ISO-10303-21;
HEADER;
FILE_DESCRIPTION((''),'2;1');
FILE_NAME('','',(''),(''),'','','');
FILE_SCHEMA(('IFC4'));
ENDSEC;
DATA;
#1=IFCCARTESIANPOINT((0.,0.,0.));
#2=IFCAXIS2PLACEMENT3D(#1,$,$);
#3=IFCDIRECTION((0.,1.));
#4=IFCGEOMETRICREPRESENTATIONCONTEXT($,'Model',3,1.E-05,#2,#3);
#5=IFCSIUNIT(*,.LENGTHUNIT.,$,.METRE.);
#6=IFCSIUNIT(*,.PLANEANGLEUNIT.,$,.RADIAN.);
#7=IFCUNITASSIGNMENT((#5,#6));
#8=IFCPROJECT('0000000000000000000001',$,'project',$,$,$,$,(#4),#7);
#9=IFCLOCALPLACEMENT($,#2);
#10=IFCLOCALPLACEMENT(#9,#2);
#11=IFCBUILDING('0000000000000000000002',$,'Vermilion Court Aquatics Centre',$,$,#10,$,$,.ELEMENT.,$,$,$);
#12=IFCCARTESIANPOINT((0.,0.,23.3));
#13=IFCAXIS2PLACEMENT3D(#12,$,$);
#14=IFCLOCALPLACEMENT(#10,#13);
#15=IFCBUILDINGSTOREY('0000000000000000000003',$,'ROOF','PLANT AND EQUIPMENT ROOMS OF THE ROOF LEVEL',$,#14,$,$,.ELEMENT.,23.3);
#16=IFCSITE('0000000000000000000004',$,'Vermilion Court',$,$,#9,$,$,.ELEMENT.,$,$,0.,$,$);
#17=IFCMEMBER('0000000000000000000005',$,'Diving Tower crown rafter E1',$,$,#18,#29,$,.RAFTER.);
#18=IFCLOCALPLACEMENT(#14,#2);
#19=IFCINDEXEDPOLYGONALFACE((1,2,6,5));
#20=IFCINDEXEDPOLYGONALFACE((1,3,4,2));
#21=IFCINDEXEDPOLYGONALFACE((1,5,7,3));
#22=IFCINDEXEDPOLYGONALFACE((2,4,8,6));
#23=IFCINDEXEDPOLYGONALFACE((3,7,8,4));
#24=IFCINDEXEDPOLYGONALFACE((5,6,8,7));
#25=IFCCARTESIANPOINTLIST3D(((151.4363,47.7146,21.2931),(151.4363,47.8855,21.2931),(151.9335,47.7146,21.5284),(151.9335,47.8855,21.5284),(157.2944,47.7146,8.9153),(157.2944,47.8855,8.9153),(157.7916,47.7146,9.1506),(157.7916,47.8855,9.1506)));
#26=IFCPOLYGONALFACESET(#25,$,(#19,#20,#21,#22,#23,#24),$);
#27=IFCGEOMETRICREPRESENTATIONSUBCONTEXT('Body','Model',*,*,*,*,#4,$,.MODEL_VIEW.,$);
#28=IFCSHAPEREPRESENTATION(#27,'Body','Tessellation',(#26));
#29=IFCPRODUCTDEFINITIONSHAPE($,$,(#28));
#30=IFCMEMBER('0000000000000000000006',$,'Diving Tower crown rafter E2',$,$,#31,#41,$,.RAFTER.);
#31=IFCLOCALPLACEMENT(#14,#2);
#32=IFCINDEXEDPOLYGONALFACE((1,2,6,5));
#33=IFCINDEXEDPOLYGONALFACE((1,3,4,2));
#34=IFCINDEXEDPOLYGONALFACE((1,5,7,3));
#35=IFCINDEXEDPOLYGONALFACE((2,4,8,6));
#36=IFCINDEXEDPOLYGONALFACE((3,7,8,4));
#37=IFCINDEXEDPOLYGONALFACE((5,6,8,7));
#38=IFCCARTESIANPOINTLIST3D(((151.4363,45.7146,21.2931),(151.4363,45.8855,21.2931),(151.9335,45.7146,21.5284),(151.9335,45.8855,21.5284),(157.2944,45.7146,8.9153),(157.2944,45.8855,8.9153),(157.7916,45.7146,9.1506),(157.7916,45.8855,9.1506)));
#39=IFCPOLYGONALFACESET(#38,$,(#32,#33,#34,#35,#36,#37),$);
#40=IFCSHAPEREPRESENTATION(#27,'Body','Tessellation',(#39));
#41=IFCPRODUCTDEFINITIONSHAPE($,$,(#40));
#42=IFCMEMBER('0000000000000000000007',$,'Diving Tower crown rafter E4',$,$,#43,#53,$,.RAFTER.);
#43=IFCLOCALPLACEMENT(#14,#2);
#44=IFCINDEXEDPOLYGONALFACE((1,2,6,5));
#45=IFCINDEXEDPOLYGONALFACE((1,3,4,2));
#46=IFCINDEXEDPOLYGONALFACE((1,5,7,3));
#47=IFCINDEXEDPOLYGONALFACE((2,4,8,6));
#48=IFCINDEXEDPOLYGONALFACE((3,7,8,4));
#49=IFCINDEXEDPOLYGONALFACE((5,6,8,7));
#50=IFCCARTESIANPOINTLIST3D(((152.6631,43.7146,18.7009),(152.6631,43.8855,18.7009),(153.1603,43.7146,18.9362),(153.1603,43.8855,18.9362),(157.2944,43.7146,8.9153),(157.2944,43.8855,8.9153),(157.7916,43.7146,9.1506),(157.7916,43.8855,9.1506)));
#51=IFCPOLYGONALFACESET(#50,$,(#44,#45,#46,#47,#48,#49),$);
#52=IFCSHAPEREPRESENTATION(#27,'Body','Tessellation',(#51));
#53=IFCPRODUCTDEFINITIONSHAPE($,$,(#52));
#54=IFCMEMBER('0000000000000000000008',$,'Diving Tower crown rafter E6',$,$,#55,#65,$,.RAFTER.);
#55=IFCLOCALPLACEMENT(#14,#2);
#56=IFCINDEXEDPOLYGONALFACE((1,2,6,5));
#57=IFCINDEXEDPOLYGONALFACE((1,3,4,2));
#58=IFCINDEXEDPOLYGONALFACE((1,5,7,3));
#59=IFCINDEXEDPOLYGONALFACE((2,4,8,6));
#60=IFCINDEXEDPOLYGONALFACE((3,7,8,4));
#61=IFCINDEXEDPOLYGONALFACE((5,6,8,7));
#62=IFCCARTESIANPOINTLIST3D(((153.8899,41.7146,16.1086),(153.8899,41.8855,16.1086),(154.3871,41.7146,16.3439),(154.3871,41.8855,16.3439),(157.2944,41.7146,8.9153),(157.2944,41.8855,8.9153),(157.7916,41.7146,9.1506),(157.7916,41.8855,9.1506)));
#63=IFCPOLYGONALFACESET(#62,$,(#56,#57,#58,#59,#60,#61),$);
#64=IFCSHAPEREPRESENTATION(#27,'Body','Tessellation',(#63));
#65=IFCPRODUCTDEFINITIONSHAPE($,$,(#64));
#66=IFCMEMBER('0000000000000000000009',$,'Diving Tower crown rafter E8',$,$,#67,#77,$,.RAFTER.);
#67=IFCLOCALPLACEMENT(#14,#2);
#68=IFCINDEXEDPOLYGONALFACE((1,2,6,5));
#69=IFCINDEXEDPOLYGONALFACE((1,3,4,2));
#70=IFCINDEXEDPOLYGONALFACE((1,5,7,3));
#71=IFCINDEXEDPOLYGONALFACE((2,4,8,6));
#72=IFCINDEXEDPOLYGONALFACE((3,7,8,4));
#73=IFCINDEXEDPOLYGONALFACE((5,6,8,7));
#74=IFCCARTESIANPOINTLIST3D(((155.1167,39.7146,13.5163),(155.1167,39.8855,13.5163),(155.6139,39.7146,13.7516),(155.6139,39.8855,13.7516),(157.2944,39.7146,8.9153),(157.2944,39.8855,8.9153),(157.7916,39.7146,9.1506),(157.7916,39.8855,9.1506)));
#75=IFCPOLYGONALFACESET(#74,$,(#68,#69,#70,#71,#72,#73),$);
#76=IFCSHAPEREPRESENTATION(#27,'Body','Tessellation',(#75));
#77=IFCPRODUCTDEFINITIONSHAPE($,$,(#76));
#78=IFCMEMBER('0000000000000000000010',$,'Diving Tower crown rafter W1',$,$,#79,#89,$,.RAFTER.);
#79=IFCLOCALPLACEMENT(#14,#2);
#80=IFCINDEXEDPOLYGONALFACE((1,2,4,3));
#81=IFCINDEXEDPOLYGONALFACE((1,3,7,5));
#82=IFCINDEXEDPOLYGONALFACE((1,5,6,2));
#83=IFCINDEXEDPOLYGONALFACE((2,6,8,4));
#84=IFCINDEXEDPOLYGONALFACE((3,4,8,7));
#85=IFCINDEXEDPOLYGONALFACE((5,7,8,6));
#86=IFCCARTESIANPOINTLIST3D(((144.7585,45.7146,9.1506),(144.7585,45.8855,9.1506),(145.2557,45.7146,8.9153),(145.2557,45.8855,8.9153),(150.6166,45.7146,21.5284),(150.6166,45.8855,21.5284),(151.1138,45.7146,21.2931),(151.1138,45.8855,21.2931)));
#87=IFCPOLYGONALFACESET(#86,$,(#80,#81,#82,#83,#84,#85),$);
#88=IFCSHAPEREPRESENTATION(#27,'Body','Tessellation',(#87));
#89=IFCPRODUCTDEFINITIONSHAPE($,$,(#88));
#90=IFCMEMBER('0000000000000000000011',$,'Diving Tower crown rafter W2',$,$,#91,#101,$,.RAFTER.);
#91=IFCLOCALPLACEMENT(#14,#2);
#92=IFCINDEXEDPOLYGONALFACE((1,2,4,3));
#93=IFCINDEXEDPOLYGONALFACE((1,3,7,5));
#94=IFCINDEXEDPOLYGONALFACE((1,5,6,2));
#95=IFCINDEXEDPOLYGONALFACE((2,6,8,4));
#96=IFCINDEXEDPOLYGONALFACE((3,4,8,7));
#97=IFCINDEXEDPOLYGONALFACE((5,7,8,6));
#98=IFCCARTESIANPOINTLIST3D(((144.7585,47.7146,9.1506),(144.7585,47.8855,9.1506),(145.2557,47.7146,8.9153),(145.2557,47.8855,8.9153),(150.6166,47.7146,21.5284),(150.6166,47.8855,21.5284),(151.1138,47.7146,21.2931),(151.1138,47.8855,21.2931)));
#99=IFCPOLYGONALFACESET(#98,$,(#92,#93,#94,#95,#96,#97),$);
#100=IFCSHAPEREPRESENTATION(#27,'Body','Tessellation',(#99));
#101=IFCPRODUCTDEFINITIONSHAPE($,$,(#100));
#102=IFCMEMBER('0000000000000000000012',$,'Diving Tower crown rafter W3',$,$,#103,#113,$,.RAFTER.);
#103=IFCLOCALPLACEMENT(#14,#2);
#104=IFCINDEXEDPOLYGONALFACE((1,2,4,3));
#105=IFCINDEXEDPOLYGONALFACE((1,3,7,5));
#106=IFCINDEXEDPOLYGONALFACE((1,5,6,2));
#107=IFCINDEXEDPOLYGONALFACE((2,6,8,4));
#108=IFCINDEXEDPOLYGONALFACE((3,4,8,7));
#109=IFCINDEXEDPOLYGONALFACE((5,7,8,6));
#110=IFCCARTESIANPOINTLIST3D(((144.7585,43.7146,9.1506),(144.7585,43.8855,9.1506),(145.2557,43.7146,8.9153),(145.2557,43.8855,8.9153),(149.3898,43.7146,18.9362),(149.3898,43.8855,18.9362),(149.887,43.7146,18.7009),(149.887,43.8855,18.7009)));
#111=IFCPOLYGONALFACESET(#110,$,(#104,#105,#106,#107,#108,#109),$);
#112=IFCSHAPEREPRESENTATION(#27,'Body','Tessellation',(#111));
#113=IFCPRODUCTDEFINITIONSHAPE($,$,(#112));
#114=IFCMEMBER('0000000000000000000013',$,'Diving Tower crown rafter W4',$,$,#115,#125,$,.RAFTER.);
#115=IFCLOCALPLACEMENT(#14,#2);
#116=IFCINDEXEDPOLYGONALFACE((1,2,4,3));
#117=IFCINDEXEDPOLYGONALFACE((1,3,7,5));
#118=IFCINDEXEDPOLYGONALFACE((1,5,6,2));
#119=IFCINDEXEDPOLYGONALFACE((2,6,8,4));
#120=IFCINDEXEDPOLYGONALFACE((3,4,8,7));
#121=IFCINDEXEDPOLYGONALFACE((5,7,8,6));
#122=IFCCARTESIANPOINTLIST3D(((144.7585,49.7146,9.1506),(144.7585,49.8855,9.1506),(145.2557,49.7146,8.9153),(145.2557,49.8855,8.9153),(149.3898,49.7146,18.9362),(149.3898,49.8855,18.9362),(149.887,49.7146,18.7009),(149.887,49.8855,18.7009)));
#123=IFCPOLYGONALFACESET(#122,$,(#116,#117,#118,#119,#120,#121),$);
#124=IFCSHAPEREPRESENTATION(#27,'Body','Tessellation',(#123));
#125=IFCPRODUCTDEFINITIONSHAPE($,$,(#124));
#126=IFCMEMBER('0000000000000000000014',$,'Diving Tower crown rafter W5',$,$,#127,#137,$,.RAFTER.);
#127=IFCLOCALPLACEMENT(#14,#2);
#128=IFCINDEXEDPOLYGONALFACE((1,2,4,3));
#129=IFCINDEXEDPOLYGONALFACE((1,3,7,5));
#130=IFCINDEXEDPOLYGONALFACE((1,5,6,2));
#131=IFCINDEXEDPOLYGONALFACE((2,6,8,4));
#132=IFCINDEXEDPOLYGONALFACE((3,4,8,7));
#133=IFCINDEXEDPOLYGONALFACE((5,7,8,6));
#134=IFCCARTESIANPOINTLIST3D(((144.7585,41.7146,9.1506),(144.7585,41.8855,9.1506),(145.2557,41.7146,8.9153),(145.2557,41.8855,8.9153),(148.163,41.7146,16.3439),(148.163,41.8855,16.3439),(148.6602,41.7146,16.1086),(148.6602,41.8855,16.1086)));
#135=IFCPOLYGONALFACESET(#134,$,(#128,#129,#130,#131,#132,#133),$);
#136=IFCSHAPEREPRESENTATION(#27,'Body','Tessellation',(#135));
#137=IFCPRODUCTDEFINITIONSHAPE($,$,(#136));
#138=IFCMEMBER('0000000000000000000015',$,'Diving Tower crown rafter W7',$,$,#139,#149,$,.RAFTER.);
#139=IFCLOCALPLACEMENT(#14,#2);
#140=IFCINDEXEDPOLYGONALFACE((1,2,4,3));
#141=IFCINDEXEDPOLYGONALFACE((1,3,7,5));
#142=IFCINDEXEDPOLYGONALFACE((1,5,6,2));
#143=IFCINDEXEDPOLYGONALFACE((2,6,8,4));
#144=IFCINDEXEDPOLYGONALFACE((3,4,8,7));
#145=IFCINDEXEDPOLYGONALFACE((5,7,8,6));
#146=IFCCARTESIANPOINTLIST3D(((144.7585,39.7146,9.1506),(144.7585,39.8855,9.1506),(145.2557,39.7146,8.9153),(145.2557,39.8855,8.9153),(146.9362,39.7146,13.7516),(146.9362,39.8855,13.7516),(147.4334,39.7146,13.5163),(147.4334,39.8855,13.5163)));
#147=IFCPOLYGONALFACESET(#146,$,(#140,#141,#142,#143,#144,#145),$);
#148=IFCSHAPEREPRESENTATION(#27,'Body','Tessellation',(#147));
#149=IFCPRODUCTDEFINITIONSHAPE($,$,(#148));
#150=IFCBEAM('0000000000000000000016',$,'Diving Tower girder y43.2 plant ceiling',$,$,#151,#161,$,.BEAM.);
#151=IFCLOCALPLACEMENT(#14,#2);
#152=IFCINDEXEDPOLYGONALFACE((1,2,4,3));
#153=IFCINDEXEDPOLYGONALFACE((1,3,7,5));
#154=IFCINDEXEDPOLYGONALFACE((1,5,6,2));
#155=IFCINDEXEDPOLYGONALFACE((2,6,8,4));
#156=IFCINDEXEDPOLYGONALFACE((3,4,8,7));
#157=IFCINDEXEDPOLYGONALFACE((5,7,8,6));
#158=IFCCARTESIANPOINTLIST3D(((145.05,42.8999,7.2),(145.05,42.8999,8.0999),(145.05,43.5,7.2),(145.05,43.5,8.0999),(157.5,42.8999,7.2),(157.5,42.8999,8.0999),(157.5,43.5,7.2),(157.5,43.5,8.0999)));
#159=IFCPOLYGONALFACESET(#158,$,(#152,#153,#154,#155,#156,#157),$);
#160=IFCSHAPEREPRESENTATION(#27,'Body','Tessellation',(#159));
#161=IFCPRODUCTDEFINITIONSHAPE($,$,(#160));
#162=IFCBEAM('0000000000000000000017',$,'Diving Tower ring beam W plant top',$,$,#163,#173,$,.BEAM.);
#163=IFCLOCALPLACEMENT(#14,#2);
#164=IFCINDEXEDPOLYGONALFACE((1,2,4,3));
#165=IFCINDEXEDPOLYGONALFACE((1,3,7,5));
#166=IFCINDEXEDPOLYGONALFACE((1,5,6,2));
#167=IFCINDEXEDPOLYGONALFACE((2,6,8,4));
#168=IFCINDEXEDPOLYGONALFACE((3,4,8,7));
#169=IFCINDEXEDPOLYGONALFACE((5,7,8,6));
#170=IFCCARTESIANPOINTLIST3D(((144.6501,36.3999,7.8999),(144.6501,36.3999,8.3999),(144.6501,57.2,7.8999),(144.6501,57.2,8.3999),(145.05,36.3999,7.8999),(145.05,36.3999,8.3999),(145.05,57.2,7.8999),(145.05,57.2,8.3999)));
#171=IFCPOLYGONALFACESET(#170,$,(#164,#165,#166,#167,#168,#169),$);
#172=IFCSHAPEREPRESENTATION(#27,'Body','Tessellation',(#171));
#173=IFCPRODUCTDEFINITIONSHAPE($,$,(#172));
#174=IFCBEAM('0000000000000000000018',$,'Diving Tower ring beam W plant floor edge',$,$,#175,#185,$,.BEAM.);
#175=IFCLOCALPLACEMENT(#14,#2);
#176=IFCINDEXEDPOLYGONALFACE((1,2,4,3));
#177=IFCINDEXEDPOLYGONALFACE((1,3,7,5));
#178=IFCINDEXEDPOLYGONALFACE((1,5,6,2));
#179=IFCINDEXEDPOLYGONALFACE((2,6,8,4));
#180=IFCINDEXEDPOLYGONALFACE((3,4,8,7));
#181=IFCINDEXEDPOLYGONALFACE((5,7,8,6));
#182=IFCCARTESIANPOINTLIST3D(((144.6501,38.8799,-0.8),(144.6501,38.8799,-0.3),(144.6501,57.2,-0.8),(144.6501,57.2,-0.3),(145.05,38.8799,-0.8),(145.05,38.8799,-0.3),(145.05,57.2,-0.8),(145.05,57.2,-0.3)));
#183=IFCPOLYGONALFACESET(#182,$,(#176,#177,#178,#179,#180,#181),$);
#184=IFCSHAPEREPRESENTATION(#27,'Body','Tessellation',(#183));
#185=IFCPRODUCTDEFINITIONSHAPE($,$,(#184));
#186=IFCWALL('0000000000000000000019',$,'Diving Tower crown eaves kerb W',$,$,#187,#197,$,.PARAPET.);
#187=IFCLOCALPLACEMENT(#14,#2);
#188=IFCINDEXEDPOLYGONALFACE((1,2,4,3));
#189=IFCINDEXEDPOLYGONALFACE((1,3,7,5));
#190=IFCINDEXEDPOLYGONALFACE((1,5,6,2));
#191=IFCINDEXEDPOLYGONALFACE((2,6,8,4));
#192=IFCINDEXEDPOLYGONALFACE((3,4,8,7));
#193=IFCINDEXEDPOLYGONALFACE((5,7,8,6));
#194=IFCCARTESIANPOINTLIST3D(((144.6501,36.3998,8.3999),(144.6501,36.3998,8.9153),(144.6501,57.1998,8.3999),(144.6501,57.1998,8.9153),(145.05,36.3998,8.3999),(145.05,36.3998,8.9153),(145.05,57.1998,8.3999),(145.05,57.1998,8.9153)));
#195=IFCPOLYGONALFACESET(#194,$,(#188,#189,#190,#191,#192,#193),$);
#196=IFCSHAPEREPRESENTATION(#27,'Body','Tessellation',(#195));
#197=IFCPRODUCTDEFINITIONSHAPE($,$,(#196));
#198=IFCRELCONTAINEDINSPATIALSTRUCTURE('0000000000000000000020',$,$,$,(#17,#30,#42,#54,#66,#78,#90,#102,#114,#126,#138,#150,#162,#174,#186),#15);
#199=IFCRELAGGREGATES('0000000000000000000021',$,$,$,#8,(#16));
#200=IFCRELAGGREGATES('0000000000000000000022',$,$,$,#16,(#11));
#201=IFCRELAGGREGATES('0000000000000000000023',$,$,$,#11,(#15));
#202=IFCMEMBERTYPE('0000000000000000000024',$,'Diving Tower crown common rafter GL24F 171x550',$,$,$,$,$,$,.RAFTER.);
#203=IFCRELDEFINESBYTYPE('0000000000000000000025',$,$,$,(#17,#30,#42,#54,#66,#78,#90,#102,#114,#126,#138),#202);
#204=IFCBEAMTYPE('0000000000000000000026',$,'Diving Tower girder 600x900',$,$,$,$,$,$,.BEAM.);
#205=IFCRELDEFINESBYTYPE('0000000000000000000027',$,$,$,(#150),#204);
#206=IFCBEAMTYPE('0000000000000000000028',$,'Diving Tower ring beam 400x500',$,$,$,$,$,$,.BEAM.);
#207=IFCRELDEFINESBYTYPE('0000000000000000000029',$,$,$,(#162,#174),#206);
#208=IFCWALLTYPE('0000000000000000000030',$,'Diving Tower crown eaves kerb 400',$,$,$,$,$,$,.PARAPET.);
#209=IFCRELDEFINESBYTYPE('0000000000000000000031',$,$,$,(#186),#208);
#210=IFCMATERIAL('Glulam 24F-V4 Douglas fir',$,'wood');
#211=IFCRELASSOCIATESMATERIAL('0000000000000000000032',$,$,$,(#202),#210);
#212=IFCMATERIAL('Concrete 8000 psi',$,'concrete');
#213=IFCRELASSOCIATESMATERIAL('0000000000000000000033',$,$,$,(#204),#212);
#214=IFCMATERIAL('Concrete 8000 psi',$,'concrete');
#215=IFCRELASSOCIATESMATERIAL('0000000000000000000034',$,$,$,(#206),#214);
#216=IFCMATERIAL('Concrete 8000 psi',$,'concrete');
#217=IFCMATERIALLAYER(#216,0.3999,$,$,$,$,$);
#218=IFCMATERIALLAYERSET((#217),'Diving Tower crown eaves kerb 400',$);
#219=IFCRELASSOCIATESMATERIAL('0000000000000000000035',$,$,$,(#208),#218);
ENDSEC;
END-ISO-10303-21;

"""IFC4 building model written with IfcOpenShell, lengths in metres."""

from ifc_helpers import new_model, si_unit, direction, frame, frame_2d, origin, origin_2d, place, context, subcontext, project, spatial, rectangle, extrude, material, layer, layer_set, material_profile, profile_set, type_object, element, save


model = new_model("IFC4")

# Units and contexts
model_context = context("Model", 3, precision=1e-05, world=origin(), true_north=direction((0.0, 1.0)))
body_context = subcontext(model_context, "Body", "Model", "MODEL_VIEW")
ifc_project = project(units=[si_unit("LENGTHUNIT", "METRE"), si_unit("PLANEANGLEUNIT", "RADIAN")], contexts=[model_context])

# Site, building, storey
site_placement = place(None, origin())
site = spatial("IfcSite", under=ifc_project, at=site_placement, Name="Vermilion Court", CompositionType="ELEMENT", RefElevation=0.0)
building_placement = place(site_placement, origin())
building = spatial("IfcBuilding", under=site, at=building_placement, Name="Vermilion Court Aquatics Centre", CompositionType="ELEMENT")
storey_placement = place(building_placement, frame((0.0, 0.0, 23.3)))
storey = spatial("IfcBuildingStorey", under=building, at=storey_placement, Name="ROOF", Description="PLANT AND EQUIPMENT ROOMS OF THE ROOF LEVEL", CompositionType="ELEMENT", Elevation=23.3)

# Members
ifc_material_1 = material(Name="Glulam 24F-V4 Douglas fir", Category="wood")
ifc_material_profile_1 = material_profile(ifc_material_1, rectangle(XDim=0.1709, YDim=0.55, at=origin_2d()), Name="GL24F 171x550")
ifc_profile_set_1 = profile_set([ifc_material_profile_1], Name="Glulam 24F-V4 Douglas fir")
member_type = type_object("IfcMemberType", Name="Diving Tower crown common rafter GL24F 171x550", PredefinedType="RAFTER", material=ifc_profile_set_1)
for number, where, z_axis, x_axis, name in (
    (1, (157.543, 47.8, 9.033), (-0.427784, 0.0, 0.903881), (0.0, -1.0, 0.0), "Diving Tower crown rafter E1"),
    (2, (157.543, 45.8, 9.033), (-0.427784, 0.0, 0.903881), (0.0, -1.0, 0.0), "Diving Tower crown rafter E2"),
):
    element("IfcMember", number, at=place(storey_placement, frame(where, z_axis=z_axis, x_axis=x_axis)), inside=storey, type_object=member_type, Name=name, PredefinedType="RAFTER", context=body_context, shape_type="SweptSolid", body=[
        extrude(rectangle(XDim=0.1709, YDim=0.55, at=origin_2d()), origin(), (0.0, 0.0, 1.0), 13.6941),
    ])
member_1_placement = place(storey_placement, frame((157.543, 43.8, 9.033), z_axis=(-0.427788, 0.0, 0.903879), x_axis=(0.0, -1.0, 0.0)))
element("IfcMember", 3, at=member_1_placement, inside=storey, type_object=member_type, Name="Diving Tower crown rafter E4", PredefinedType="RAFTER", context=body_context, shape_type="SweptSolid", body=[
    extrude(rectangle(XDim=0.1709, YDim=0.55, at=origin_2d()), origin(), (0.0, 0.0, 1.0), 10.8262),
])
member_2_placement = place(storey_placement, frame((157.543, 41.8, 9.033), z_axis=(-0.427795, 0.0, 0.903876), x_axis=(0.0, -1.0, 0.0)))
element("IfcMember", 4, at=member_2_placement, inside=storey, type_object=member_type, Name="Diving Tower crown rafter E6", PredefinedType="RAFTER", context=body_context, shape_type="SweptSolid", body=[
    extrude(rectangle(XDim=0.1709, YDim=0.55, at=origin_2d()), origin(), (0.0, 0.0, 1.0), 7.9583),
])
member_3_placement = place(storey_placement, frame((157.543, 39.8, 9.033), z_axis=(-0.42781, 0.0, 0.903869), x_axis=(0.0, -1.0, 0.0)))
element("IfcMember", 5, at=member_3_placement, inside=storey, type_object=member_type, Name="Diving Tower crown rafter E8", PredefinedType="RAFTER", context=body_context, shape_type="SweptSolid", body=[
    extrude(rectangle(XDim=0.1709, YDim=0.55, at=origin_2d()), origin(), (0.0, 0.0, 1.0), 5.0903),
])
for number, where, z_axis, x_axis, name in (
    (6, (145.0071, 45.8, 9.033), (0.427784, 0.0, 0.903881), (0.0, 1.0, 0.0), "Diving Tower crown rafter W1"),
    (7, (145.0071, 47.8, 9.033), (0.427784, 0.0, 0.903881), (0.0, 1.0, 0.0), "Diving Tower crown rafter W2"),
):
    element("IfcMember", number, at=place(storey_placement, frame(where, z_axis=z_axis, x_axis=x_axis)), inside=storey, type_object=member_type, Name=name, PredefinedType="RAFTER", context=body_context, shape_type="SweptSolid", body=[
        extrude(rectangle(XDim=0.1709, YDim=0.55, at=origin_2d()), origin(), (0.0, 0.0, 1.0), 13.6941),
    ])
for number, where, z_axis, x_axis, name in (
    (8, (145.0071, 43.8, 9.033), (0.427788, 0.0, 0.903879), (0.0, 1.0, 0.0), "Diving Tower crown rafter W3"),
    (9, (145.0071, 49.8, 9.033), (0.427788, 0.0, 0.903879), (0.0, 1.0, 0.0), "Diving Tower crown rafter W4"),
):
    element("IfcMember", number, at=place(storey_placement, frame(where, z_axis=z_axis, x_axis=x_axis)), inside=storey, type_object=member_type, Name=name, PredefinedType="RAFTER", context=body_context, shape_type="SweptSolid", body=[
        extrude(rectangle(XDim=0.1709, YDim=0.55, at=origin_2d()), origin(), (0.0, 0.0, 1.0), 10.8262),
    ])
member_4_placement = place(storey_placement, frame((145.0071, 41.8, 9.033), z_axis=(0.427795, 0.0, 0.903876), x_axis=(0.0, 1.0, 0.0)))
element("IfcMember", 10, at=member_4_placement, inside=storey, type_object=member_type, Name="Diving Tower crown rafter W5", PredefinedType="RAFTER", context=body_context, shape_type="SweptSolid", body=[
    extrude(rectangle(XDim=0.1709, YDim=0.55, at=origin_2d()), origin(), (0.0, 0.0, 1.0), 7.9583),
])
member_5_placement = place(storey_placement, frame((145.0071, 39.8, 9.033), z_axis=(0.42781, 0.0, 0.903869), x_axis=(0.0, 1.0, 0.0)))
element("IfcMember", 11, at=member_5_placement, inside=storey, type_object=member_type, Name="Diving Tower crown rafter W7", PredefinedType="RAFTER", context=body_context, shape_type="SweptSolid", body=[
    extrude(rectangle(XDim=0.1709, YDim=0.55, at=origin_2d()), origin(), (0.0, 0.0, 1.0), 5.0903),
])

# Beams
ifc_material_2 = material(Name="Concrete 8000 psi", Category="concrete")
ifc_material_profile_2 = material_profile(ifc_material_2, rectangle(XDim=0.6001, YDim=0.8999, at=origin_2d()), Name="RC 600x900")
ifc_profile_set_2 = profile_set([ifc_material_profile_2], Name="Concrete 8000 psi")
beam_type_1 = type_object("IfcBeamType", Name="Diving Tower girder 600x900", PredefinedType="BEAM", material=ifc_profile_set_2)
beam_1_placement = place(storey_placement, frame((145.05, 43.2, 7.6499), z_axis=(1.0, 0.0, 0.0), x_axis=(0.0, 1.0, 0.0)))
element("IfcBeam", 12, at=beam_1_placement, inside=storey, type_object=beam_type_1, Name="Diving Tower girder y43.2 plant ceiling", PredefinedType="BEAM", context=body_context, shape_type="SweptSolid", body=[
    extrude(rectangle(XDim=0.6001, YDim=0.8999, at=origin_2d()), origin(), (0.0, 0.0, 1.0), 12.45),
])
ifc_material_3 = material(Name="Concrete 8000 psi", Category="concrete")
ifc_material_profile_3 = material_profile(ifc_material_3, rectangle(XDim=0.3999, YDim=0.5, at=origin_2d()), Name="RC 400x500")
ifc_profile_set_3 = profile_set([ifc_material_profile_3], Name="Concrete 8000 psi")
beam_type_2 = type_object("IfcBeamType", Name="Diving Tower ring beam 400x500", PredefinedType="BEAM", material=ifc_profile_set_3)
beam_2_placement = place(storey_placement, frame((144.8501, 36.3999, 8.1499), z_axis=(0.0, 1.0, 0.0), x_axis=(-1.0, 0.0, 0.0)))
element("IfcBeam", 13, at=beam_2_placement, inside=storey, type_object=beam_type_2, Name="Diving Tower ring beam W plant top", PredefinedType="BEAM", context=body_context, shape_type="SweptSolid", body=[
    extrude(rectangle(XDim=0.3999, YDim=0.5, at=origin_2d()), origin(), (0.0, 0.0, 1.0), 20.8),
])
beam_3_placement = place(storey_placement, frame((144.8501, 38.8799, -0.55), z_axis=(0.0, 1.0, 0.0), x_axis=(-1.0, 0.0, 0.0)))
element("IfcBeam", 14, at=beam_3_placement, inside=storey, type_object=beam_type_2, Name="Diving Tower ring beam W plant floor edge", PredefinedType="BEAM", context=body_context, shape_type="SweptSolid", body=[
    extrude(rectangle(XDim=0.3999, YDim=0.5, at=origin_2d()), origin(), (0.0, 0.0, 1.0), 18.3201),
])

# Wall
ifc_material_4 = material(Name="Concrete 8000 psi", Category="concrete")
ifc_layer_1 = layer(ifc_material_4, 0.3999)
ifc_layer_set_1 = layer_set([ifc_layer_1], Name="Diving Tower crown eaves kerb 400")
wall_type_1 = type_object("IfcWallType", Name="Diving Tower crown eaves kerb 400", PredefinedType="PARAPET", material=ifc_layer_set_1)
for number, where, z_axis, x_axis, name in (
    (15, (144.8501, 36.3999, 8.3999), (0.0, 0.0, 1.0), (0.0, 1.0, 0.0), "Diving Tower crown eaves kerb W"),
):
    element("IfcWall", number, at=place(storey_placement, frame(where, z_axis=z_axis, x_axis=x_axis)), inside=storey, type_object=wall_type_1, Name=name, PredefinedType="PARAPET", context=body_context, shape_type="SweptSolid", body=[
        extrude(rectangle(XDim=20.8, YDim=0.3999, at=frame_2d((10.3999, 0.0))), origin(), (0.0, 0.0, 1.0), 0.5154),
    ])

save(model, "model.ifc")
